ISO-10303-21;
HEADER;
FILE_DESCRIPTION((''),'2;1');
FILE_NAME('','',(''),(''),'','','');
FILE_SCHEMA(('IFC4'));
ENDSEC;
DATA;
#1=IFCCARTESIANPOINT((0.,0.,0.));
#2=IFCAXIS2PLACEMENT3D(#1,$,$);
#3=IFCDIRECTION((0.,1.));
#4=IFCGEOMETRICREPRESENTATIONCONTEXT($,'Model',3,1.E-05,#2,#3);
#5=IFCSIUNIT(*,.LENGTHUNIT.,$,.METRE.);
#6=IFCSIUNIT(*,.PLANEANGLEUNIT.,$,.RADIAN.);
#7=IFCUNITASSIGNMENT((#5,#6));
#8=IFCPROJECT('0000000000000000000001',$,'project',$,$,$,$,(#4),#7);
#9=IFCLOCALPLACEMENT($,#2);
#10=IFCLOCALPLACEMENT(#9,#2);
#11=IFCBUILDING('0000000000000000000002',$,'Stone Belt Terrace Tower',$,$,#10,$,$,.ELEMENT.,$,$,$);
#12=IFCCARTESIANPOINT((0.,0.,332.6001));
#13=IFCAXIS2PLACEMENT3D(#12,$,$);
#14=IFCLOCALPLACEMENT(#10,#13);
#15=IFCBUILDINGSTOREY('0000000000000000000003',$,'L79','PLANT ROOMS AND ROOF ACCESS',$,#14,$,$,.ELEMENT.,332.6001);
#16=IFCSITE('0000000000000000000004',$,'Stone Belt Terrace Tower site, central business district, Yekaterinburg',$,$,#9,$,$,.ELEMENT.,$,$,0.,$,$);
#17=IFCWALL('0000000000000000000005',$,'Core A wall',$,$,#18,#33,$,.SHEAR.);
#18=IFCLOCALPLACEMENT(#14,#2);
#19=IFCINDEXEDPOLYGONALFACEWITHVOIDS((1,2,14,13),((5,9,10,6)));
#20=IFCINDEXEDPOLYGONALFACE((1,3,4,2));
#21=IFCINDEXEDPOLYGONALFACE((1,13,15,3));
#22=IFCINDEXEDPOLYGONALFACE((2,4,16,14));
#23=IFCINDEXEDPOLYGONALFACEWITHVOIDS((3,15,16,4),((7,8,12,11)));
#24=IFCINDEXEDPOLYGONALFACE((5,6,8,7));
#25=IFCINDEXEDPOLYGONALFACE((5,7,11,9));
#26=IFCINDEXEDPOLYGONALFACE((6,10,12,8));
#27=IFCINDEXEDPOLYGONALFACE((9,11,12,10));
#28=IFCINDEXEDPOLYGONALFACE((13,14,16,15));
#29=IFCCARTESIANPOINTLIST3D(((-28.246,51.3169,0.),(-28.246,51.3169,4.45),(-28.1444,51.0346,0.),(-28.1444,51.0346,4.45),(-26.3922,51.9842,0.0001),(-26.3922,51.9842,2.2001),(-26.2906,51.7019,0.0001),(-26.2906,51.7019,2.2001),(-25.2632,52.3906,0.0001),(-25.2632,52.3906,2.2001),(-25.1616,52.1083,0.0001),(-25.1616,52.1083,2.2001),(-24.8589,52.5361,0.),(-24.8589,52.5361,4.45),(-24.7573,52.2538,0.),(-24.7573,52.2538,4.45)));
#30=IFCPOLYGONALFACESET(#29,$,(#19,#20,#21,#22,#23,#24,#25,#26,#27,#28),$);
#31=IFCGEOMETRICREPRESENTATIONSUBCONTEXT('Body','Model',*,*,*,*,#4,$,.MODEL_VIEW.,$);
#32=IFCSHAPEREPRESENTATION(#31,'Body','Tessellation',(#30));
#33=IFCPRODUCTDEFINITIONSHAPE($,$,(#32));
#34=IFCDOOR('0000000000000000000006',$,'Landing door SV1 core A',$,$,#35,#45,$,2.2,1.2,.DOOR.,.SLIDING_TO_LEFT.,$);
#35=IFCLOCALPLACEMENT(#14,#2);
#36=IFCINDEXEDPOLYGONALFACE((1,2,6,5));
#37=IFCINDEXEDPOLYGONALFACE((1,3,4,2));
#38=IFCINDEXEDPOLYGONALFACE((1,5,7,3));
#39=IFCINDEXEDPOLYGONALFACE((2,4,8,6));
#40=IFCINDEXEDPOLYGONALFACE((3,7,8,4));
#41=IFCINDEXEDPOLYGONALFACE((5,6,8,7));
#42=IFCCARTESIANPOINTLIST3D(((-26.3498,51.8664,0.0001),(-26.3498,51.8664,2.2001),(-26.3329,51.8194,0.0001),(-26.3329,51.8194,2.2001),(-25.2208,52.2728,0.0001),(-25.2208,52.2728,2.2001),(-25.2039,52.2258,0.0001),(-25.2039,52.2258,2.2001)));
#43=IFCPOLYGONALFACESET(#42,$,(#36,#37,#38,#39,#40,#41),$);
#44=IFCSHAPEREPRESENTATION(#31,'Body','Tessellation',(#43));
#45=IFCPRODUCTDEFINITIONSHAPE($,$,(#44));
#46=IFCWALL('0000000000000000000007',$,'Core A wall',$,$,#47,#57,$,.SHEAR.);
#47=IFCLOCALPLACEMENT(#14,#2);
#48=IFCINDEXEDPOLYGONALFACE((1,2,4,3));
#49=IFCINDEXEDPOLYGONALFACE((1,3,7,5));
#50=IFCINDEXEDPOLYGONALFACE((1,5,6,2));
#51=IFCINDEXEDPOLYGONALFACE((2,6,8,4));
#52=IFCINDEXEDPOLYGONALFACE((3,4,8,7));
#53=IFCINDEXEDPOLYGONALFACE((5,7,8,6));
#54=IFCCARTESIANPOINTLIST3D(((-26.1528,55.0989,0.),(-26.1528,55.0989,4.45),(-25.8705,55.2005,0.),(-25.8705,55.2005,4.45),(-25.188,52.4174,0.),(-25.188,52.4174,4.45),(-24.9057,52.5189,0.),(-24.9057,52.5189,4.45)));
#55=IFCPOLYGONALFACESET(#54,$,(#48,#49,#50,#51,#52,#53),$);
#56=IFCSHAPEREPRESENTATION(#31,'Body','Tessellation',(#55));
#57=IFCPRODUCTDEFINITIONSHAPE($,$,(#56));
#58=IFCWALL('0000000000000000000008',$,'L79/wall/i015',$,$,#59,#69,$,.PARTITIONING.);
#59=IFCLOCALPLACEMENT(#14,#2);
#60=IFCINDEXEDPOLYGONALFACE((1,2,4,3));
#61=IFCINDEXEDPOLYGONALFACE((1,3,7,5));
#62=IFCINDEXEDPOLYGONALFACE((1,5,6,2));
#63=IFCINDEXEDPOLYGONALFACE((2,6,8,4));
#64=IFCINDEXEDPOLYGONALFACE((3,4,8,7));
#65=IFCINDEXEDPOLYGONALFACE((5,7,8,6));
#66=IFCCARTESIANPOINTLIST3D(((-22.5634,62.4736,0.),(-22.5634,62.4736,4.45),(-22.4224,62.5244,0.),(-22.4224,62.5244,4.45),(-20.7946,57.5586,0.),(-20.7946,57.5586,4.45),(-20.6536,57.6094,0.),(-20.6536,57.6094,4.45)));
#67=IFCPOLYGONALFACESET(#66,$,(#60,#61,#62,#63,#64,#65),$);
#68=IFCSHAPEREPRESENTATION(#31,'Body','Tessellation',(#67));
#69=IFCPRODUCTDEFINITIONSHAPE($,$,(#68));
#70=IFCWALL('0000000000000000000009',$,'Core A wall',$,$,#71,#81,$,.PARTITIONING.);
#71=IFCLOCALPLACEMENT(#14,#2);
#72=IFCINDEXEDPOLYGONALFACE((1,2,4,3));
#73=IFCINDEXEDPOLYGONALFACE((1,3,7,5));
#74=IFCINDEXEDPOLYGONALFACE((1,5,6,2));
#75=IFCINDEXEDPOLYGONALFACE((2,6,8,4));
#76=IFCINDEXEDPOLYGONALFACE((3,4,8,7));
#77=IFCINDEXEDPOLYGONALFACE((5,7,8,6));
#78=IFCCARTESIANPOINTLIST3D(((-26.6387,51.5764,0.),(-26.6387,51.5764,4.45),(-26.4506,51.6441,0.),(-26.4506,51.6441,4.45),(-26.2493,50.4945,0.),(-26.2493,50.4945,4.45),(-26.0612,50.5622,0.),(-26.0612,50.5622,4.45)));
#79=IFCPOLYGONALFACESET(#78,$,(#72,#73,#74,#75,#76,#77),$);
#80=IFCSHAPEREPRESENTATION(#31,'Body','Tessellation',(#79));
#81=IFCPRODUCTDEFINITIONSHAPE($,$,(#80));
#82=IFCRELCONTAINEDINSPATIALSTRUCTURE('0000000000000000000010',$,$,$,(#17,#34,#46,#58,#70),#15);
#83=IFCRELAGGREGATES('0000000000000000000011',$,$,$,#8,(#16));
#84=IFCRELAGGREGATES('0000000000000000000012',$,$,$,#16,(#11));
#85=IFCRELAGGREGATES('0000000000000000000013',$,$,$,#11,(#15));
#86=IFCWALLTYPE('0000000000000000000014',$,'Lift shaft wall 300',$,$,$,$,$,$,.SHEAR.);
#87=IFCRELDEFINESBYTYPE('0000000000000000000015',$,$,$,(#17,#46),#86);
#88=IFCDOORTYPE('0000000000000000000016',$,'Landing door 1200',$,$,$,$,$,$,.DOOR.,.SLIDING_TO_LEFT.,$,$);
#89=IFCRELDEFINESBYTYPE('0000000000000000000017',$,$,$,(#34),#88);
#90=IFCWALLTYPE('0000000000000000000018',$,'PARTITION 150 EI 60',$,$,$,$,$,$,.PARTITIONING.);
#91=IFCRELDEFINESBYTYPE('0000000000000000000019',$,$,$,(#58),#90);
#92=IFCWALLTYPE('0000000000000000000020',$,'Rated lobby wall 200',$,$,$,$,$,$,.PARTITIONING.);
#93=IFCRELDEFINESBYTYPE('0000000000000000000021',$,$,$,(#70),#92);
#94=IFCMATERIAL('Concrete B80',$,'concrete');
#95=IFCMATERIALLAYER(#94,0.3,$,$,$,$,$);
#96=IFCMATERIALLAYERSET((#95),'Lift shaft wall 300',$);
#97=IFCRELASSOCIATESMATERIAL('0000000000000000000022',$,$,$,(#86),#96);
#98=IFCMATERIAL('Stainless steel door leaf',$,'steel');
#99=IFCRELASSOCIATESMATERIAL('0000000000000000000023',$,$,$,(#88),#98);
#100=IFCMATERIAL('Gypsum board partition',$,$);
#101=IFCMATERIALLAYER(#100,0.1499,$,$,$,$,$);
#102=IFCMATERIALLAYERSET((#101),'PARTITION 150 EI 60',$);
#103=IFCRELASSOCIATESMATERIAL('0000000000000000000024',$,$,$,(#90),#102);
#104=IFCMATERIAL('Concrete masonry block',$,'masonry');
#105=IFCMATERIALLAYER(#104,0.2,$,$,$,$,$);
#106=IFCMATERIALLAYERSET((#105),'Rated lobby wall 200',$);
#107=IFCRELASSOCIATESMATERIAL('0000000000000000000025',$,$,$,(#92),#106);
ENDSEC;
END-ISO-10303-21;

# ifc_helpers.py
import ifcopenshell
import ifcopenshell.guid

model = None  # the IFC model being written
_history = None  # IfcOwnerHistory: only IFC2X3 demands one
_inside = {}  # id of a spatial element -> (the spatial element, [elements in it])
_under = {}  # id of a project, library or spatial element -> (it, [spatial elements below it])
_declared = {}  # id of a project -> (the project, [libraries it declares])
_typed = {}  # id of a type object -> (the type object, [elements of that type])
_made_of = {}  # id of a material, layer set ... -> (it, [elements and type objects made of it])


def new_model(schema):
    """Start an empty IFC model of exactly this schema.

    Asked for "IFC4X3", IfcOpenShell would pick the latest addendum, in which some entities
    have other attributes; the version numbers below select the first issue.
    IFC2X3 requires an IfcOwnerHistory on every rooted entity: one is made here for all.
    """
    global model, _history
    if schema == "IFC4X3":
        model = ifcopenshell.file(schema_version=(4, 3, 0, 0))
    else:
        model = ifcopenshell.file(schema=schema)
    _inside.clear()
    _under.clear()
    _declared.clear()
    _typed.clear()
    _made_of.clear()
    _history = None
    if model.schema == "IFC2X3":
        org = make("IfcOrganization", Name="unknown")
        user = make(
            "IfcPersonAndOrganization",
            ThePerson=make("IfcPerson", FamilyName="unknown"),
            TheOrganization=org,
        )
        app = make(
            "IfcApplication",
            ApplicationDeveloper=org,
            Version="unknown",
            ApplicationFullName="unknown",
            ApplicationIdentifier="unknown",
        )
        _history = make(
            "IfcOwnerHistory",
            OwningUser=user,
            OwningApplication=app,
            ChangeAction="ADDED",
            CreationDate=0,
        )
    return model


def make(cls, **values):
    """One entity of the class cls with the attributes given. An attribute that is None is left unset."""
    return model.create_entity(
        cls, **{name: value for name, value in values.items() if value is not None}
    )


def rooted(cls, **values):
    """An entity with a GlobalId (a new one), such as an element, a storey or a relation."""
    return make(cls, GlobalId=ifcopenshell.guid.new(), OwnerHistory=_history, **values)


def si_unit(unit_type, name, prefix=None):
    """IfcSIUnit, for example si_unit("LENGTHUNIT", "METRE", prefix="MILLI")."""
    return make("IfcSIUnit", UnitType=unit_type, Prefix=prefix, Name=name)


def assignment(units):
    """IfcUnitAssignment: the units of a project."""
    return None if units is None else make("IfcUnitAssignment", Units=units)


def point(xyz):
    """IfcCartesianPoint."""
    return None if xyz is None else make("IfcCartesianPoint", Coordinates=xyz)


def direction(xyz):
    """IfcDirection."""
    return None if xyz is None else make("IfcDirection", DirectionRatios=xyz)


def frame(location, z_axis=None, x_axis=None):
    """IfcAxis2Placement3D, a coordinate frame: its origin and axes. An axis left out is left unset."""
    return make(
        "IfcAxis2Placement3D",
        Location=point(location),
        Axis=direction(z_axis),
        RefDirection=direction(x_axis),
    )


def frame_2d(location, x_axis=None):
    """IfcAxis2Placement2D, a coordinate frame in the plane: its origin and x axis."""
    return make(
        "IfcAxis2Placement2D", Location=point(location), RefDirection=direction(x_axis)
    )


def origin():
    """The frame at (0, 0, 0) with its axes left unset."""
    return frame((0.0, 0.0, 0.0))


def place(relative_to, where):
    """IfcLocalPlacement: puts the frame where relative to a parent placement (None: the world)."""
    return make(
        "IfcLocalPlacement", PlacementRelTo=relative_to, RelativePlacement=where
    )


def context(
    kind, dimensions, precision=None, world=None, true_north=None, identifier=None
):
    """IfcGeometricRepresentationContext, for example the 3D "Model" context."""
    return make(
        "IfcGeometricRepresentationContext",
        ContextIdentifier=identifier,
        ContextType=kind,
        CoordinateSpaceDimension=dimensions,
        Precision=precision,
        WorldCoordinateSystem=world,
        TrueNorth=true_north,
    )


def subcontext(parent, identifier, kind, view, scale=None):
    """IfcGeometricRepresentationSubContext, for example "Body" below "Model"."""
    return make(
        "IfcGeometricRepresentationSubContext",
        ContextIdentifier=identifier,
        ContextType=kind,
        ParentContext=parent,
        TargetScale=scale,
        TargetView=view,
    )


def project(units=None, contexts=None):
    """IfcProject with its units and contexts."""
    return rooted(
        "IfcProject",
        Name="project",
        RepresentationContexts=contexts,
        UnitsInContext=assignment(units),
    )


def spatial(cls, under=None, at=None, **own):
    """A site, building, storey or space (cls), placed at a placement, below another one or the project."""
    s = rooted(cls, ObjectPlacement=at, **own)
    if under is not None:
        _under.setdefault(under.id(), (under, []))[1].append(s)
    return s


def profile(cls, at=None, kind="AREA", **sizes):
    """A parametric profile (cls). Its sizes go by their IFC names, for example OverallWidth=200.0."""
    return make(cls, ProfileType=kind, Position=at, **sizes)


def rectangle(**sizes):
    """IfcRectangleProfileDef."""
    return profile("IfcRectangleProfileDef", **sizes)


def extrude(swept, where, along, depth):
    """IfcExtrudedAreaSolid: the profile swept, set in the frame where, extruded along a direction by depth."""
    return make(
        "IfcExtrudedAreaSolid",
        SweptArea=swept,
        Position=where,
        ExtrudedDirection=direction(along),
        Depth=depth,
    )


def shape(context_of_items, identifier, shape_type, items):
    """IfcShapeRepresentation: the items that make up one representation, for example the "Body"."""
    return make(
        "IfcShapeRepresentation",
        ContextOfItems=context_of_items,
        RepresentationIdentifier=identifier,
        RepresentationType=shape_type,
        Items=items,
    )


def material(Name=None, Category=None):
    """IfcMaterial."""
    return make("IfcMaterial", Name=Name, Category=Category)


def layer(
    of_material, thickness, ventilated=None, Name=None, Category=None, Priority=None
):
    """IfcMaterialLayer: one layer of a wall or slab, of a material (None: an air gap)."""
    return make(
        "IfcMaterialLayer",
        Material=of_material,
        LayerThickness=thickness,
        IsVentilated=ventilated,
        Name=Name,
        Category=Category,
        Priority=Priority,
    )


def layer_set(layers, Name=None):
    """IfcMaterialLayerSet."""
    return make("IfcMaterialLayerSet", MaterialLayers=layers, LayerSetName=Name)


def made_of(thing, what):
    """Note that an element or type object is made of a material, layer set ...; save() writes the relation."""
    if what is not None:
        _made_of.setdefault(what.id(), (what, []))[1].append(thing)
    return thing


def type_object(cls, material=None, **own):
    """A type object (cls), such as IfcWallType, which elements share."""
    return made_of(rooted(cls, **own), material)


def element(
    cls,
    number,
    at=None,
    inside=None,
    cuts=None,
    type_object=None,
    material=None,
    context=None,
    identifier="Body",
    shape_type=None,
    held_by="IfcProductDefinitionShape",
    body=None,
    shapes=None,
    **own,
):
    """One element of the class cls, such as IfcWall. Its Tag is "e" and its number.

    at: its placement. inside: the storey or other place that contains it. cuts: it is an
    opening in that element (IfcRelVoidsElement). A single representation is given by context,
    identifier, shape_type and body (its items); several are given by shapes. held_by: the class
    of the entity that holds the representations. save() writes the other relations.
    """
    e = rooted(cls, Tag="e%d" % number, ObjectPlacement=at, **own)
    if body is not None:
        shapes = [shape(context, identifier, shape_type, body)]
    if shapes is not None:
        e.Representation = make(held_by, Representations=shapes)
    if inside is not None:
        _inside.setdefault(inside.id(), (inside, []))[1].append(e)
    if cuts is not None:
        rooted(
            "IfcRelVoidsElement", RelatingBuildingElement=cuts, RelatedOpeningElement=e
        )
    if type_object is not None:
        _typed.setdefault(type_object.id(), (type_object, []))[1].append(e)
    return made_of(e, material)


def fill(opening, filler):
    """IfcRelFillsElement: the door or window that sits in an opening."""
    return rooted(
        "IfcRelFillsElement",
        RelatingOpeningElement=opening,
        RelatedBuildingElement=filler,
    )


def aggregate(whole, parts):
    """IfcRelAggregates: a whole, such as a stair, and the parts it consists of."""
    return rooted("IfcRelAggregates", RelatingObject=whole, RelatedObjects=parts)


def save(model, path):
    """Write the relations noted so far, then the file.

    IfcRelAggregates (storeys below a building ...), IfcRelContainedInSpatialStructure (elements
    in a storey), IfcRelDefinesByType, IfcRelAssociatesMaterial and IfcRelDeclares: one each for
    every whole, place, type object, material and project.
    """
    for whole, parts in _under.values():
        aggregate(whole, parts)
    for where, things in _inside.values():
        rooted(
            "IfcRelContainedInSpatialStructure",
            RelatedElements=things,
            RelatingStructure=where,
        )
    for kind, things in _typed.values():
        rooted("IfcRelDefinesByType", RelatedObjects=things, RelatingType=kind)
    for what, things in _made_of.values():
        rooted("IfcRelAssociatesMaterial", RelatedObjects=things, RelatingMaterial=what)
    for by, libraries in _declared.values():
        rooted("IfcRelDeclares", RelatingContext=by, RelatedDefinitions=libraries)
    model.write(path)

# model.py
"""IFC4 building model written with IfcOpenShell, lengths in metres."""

from ifc_helpers import new_model, si_unit, direction, frame, frame_2d, origin, place, context, subcontext, project, spatial, rectangle, extrude, material, layer, layer_set, type_object, element, fill, save


model = new_model("IFC4")

# Units and contexts
model_context = context("Model", 3, precision=1e-05, world=origin(), true_north=direction((0.0, 1.0)))
body_context = subcontext(model_context, "Body", "Model", "MODEL_VIEW")
ifc_project = project(units=[si_unit("LENGTHUNIT", "METRE"), si_unit("PLANEANGLEUNIT", "RADIAN")], contexts=[model_context])

# Site, building, storey
site_placement = place(None, origin())
site = spatial("IfcSite", under=ifc_project, at=site_placement, Name="Stone Belt Terrace Tower site, central business district, Yekaterinburg", CompositionType="ELEMENT", RefElevation=0.0)
building_placement = place(site_placement, origin())
building = spatial("IfcBuilding", under=site, at=building_placement, Name="Stone Belt Terrace Tower", CompositionType="ELEMENT")
storey_placement = place(building_placement, frame((0.0, 0.0, 332.6001)))
storey = spatial("IfcBuildingStorey", under=building, at=storey_placement, Name="L79", Description="PLANT ROOMS AND ROOF ACCESS", CompositionType="ELEMENT", Elevation=332.6001)

# Wall, opening, door
ifc_material_1 = material(Name="Concrete B80", Category="concrete")
ifc_layer_1 = layer(ifc_material_1, 0.3)
ifc_layer_set_1 = layer_set([ifc_layer_1], Name="Lift shaft wall 300")
wall_type_1 = type_object("IfcWallType", Name="Lift shaft wall 300", PredefinedType="SHEAR", material=ifc_layer_set_1)
wall_1_placement = place(storey_placement, frame((-28.1951, 51.1758, 0.0), z_axis=(0.0, 0.0, 1.0), x_axis=(0.940901, 0.338681, 0.0)))
wall_1 = element("IfcWall", 1, at=wall_1_placement, inside=storey, type_object=wall_type_1, Name="Core A wall", PredefinedType="SHEAR", context=body_context, shape_type="SweptSolid", body=[
    extrude(rectangle(XDim=3.5999, YDim=0.3, at=frame_2d((1.7998, 0.0))), origin(), (0.0, 0.0, 1.0), 4.45),
])
opening_1_placement = place(wall_1_placement, frame((1.97, 0.0, 0.0)))
opening_1 = element("IfcOpeningElement", 2, at=opening_1_placement, cuts=wall_1, PredefinedType="OPENING", context=body_context, shape_type="SweptSolid", body=[
    extrude(rectangle(XDim=1.2, YDim=2.2, at=frame_2d((0.6001, 1.1001))), frame((0.0, 0.1599, 0.0), z_axis=(0.0, -1.0, 0.0), x_axis=(1.0, 0.0, 0.0)), (0.0, 0.0, 1.0), 0.3201),
])
ifc_material_2 = material(Name="Stainless steel door leaf", Category="steel")
door_type_1 = type_object("IfcDoorType", Name="Landing door 1200", OperationType="SLIDING_TO_LEFT", PredefinedType="DOOR", material=ifc_material_2)
door_1_placement = place(opening_1_placement, origin())
door_1 = element("IfcDoor", 3, at=door_1_placement, inside=storey, type_object=door_type_1, Name="Landing door SV1 core A", OperationType="SLIDING_TO_LEFT", OverallHeight=2.2, OverallWidth=1.2, PredefinedType="DOOR", context=body_context, shape_type="SweptSolid", body=[
    extrude(rectangle(XDim=1.2, YDim=2.2, at=frame_2d((0.6001, 1.1001))), frame((0.0, 0.0249, 0.0), z_axis=(0.0, -1.0, 0.0), x_axis=(1.0, 0.0, 0.0)), (0.0, 0.0, 1.0), 0.05),
])
fill(opening_1, door_1)

# Walls
wall_2_placement = place(storey_placement, frame((-25.0469, 52.4683, 0.0), z_axis=(0.0, 0.0, 1.0), x_axis=(-0.33855, 0.940949, 0.0)))
element("IfcWall", 4, at=wall_2_placement, inside=storey, type_object=wall_type_1, Name="Core A wall", PredefinedType="SHEAR", context=body_context, shape_type="SweptSolid", body=[
    extrude(rectangle(XDim=2.8499, YDim=0.3, at=frame_2d((1.4248, 0.0))), origin(), (0.0, 0.0, 1.0), 4.45),
])
ifc_material_3 = material(Name="Gypsum board partition")
ifc_layer_2 = layer(ifc_material_3, 0.1499)
ifc_layer_set_2 = layer_set([ifc_layer_2], Name="PARTITION 150 EI 60")
wall_type_2 = type_object("IfcWallType", Name="PARTITION 150 EI 60", PredefinedType="PARTITIONING", material=ifc_layer_set_2)
wall_3_placement = place(storey_placement, frame((-22.4929, 62.499, 0.0), z_axis=(0.0, 0.0, 1.0), x_axis=(0.338615, -0.940925, 0.0)))
element("IfcWall", 5, at=wall_3_placement, inside=storey, type_object=wall_type_2, Name="L79/wall/i015", PredefinedType="PARTITIONING", context=body_context, shape_type="SweptSolid", body=[
    extrude(rectangle(XDim=5.2236, YDim=0.1499, at=frame_2d((2.6118, 0.0))), origin(), (0.0, 0.0, 1.0), 4.45),
])
ifc_material_4 = material(Name="Concrete masonry block", Category="masonry")
ifc_layer_3 = layer(ifc_material_4, 0.2)
ifc_layer_set_3 = layer_set([ifc_layer_3], Name="Rated lobby wall 200")
wall_type_3 = type_object("IfcWallType", Name="Rated lobby wall 200", PredefinedType="PARTITIONING", material=ifc_layer_set_3)
wall_4_placement = place(storey_placement, frame((-26.1553, 50.5283, 0.0), z_axis=(0.0, 0.0, 1.0), x_axis=(-0.338622, 0.940923, 0.0)))
element("IfcWall", 6, at=wall_4_placement, inside=storey, type_object=wall_type_3, Name="Core A wall", PredefinedType="PARTITIONING", context=body_context, shape_type="SweptSolid", body=[
    extrude(rectangle(XDim=1.1499, YDim=0.2, at=frame_2d((0.575, 0.0))), origin(), (0.0, 0.0, 1.0), 4.45),
])

save(model, "model.ifc")
